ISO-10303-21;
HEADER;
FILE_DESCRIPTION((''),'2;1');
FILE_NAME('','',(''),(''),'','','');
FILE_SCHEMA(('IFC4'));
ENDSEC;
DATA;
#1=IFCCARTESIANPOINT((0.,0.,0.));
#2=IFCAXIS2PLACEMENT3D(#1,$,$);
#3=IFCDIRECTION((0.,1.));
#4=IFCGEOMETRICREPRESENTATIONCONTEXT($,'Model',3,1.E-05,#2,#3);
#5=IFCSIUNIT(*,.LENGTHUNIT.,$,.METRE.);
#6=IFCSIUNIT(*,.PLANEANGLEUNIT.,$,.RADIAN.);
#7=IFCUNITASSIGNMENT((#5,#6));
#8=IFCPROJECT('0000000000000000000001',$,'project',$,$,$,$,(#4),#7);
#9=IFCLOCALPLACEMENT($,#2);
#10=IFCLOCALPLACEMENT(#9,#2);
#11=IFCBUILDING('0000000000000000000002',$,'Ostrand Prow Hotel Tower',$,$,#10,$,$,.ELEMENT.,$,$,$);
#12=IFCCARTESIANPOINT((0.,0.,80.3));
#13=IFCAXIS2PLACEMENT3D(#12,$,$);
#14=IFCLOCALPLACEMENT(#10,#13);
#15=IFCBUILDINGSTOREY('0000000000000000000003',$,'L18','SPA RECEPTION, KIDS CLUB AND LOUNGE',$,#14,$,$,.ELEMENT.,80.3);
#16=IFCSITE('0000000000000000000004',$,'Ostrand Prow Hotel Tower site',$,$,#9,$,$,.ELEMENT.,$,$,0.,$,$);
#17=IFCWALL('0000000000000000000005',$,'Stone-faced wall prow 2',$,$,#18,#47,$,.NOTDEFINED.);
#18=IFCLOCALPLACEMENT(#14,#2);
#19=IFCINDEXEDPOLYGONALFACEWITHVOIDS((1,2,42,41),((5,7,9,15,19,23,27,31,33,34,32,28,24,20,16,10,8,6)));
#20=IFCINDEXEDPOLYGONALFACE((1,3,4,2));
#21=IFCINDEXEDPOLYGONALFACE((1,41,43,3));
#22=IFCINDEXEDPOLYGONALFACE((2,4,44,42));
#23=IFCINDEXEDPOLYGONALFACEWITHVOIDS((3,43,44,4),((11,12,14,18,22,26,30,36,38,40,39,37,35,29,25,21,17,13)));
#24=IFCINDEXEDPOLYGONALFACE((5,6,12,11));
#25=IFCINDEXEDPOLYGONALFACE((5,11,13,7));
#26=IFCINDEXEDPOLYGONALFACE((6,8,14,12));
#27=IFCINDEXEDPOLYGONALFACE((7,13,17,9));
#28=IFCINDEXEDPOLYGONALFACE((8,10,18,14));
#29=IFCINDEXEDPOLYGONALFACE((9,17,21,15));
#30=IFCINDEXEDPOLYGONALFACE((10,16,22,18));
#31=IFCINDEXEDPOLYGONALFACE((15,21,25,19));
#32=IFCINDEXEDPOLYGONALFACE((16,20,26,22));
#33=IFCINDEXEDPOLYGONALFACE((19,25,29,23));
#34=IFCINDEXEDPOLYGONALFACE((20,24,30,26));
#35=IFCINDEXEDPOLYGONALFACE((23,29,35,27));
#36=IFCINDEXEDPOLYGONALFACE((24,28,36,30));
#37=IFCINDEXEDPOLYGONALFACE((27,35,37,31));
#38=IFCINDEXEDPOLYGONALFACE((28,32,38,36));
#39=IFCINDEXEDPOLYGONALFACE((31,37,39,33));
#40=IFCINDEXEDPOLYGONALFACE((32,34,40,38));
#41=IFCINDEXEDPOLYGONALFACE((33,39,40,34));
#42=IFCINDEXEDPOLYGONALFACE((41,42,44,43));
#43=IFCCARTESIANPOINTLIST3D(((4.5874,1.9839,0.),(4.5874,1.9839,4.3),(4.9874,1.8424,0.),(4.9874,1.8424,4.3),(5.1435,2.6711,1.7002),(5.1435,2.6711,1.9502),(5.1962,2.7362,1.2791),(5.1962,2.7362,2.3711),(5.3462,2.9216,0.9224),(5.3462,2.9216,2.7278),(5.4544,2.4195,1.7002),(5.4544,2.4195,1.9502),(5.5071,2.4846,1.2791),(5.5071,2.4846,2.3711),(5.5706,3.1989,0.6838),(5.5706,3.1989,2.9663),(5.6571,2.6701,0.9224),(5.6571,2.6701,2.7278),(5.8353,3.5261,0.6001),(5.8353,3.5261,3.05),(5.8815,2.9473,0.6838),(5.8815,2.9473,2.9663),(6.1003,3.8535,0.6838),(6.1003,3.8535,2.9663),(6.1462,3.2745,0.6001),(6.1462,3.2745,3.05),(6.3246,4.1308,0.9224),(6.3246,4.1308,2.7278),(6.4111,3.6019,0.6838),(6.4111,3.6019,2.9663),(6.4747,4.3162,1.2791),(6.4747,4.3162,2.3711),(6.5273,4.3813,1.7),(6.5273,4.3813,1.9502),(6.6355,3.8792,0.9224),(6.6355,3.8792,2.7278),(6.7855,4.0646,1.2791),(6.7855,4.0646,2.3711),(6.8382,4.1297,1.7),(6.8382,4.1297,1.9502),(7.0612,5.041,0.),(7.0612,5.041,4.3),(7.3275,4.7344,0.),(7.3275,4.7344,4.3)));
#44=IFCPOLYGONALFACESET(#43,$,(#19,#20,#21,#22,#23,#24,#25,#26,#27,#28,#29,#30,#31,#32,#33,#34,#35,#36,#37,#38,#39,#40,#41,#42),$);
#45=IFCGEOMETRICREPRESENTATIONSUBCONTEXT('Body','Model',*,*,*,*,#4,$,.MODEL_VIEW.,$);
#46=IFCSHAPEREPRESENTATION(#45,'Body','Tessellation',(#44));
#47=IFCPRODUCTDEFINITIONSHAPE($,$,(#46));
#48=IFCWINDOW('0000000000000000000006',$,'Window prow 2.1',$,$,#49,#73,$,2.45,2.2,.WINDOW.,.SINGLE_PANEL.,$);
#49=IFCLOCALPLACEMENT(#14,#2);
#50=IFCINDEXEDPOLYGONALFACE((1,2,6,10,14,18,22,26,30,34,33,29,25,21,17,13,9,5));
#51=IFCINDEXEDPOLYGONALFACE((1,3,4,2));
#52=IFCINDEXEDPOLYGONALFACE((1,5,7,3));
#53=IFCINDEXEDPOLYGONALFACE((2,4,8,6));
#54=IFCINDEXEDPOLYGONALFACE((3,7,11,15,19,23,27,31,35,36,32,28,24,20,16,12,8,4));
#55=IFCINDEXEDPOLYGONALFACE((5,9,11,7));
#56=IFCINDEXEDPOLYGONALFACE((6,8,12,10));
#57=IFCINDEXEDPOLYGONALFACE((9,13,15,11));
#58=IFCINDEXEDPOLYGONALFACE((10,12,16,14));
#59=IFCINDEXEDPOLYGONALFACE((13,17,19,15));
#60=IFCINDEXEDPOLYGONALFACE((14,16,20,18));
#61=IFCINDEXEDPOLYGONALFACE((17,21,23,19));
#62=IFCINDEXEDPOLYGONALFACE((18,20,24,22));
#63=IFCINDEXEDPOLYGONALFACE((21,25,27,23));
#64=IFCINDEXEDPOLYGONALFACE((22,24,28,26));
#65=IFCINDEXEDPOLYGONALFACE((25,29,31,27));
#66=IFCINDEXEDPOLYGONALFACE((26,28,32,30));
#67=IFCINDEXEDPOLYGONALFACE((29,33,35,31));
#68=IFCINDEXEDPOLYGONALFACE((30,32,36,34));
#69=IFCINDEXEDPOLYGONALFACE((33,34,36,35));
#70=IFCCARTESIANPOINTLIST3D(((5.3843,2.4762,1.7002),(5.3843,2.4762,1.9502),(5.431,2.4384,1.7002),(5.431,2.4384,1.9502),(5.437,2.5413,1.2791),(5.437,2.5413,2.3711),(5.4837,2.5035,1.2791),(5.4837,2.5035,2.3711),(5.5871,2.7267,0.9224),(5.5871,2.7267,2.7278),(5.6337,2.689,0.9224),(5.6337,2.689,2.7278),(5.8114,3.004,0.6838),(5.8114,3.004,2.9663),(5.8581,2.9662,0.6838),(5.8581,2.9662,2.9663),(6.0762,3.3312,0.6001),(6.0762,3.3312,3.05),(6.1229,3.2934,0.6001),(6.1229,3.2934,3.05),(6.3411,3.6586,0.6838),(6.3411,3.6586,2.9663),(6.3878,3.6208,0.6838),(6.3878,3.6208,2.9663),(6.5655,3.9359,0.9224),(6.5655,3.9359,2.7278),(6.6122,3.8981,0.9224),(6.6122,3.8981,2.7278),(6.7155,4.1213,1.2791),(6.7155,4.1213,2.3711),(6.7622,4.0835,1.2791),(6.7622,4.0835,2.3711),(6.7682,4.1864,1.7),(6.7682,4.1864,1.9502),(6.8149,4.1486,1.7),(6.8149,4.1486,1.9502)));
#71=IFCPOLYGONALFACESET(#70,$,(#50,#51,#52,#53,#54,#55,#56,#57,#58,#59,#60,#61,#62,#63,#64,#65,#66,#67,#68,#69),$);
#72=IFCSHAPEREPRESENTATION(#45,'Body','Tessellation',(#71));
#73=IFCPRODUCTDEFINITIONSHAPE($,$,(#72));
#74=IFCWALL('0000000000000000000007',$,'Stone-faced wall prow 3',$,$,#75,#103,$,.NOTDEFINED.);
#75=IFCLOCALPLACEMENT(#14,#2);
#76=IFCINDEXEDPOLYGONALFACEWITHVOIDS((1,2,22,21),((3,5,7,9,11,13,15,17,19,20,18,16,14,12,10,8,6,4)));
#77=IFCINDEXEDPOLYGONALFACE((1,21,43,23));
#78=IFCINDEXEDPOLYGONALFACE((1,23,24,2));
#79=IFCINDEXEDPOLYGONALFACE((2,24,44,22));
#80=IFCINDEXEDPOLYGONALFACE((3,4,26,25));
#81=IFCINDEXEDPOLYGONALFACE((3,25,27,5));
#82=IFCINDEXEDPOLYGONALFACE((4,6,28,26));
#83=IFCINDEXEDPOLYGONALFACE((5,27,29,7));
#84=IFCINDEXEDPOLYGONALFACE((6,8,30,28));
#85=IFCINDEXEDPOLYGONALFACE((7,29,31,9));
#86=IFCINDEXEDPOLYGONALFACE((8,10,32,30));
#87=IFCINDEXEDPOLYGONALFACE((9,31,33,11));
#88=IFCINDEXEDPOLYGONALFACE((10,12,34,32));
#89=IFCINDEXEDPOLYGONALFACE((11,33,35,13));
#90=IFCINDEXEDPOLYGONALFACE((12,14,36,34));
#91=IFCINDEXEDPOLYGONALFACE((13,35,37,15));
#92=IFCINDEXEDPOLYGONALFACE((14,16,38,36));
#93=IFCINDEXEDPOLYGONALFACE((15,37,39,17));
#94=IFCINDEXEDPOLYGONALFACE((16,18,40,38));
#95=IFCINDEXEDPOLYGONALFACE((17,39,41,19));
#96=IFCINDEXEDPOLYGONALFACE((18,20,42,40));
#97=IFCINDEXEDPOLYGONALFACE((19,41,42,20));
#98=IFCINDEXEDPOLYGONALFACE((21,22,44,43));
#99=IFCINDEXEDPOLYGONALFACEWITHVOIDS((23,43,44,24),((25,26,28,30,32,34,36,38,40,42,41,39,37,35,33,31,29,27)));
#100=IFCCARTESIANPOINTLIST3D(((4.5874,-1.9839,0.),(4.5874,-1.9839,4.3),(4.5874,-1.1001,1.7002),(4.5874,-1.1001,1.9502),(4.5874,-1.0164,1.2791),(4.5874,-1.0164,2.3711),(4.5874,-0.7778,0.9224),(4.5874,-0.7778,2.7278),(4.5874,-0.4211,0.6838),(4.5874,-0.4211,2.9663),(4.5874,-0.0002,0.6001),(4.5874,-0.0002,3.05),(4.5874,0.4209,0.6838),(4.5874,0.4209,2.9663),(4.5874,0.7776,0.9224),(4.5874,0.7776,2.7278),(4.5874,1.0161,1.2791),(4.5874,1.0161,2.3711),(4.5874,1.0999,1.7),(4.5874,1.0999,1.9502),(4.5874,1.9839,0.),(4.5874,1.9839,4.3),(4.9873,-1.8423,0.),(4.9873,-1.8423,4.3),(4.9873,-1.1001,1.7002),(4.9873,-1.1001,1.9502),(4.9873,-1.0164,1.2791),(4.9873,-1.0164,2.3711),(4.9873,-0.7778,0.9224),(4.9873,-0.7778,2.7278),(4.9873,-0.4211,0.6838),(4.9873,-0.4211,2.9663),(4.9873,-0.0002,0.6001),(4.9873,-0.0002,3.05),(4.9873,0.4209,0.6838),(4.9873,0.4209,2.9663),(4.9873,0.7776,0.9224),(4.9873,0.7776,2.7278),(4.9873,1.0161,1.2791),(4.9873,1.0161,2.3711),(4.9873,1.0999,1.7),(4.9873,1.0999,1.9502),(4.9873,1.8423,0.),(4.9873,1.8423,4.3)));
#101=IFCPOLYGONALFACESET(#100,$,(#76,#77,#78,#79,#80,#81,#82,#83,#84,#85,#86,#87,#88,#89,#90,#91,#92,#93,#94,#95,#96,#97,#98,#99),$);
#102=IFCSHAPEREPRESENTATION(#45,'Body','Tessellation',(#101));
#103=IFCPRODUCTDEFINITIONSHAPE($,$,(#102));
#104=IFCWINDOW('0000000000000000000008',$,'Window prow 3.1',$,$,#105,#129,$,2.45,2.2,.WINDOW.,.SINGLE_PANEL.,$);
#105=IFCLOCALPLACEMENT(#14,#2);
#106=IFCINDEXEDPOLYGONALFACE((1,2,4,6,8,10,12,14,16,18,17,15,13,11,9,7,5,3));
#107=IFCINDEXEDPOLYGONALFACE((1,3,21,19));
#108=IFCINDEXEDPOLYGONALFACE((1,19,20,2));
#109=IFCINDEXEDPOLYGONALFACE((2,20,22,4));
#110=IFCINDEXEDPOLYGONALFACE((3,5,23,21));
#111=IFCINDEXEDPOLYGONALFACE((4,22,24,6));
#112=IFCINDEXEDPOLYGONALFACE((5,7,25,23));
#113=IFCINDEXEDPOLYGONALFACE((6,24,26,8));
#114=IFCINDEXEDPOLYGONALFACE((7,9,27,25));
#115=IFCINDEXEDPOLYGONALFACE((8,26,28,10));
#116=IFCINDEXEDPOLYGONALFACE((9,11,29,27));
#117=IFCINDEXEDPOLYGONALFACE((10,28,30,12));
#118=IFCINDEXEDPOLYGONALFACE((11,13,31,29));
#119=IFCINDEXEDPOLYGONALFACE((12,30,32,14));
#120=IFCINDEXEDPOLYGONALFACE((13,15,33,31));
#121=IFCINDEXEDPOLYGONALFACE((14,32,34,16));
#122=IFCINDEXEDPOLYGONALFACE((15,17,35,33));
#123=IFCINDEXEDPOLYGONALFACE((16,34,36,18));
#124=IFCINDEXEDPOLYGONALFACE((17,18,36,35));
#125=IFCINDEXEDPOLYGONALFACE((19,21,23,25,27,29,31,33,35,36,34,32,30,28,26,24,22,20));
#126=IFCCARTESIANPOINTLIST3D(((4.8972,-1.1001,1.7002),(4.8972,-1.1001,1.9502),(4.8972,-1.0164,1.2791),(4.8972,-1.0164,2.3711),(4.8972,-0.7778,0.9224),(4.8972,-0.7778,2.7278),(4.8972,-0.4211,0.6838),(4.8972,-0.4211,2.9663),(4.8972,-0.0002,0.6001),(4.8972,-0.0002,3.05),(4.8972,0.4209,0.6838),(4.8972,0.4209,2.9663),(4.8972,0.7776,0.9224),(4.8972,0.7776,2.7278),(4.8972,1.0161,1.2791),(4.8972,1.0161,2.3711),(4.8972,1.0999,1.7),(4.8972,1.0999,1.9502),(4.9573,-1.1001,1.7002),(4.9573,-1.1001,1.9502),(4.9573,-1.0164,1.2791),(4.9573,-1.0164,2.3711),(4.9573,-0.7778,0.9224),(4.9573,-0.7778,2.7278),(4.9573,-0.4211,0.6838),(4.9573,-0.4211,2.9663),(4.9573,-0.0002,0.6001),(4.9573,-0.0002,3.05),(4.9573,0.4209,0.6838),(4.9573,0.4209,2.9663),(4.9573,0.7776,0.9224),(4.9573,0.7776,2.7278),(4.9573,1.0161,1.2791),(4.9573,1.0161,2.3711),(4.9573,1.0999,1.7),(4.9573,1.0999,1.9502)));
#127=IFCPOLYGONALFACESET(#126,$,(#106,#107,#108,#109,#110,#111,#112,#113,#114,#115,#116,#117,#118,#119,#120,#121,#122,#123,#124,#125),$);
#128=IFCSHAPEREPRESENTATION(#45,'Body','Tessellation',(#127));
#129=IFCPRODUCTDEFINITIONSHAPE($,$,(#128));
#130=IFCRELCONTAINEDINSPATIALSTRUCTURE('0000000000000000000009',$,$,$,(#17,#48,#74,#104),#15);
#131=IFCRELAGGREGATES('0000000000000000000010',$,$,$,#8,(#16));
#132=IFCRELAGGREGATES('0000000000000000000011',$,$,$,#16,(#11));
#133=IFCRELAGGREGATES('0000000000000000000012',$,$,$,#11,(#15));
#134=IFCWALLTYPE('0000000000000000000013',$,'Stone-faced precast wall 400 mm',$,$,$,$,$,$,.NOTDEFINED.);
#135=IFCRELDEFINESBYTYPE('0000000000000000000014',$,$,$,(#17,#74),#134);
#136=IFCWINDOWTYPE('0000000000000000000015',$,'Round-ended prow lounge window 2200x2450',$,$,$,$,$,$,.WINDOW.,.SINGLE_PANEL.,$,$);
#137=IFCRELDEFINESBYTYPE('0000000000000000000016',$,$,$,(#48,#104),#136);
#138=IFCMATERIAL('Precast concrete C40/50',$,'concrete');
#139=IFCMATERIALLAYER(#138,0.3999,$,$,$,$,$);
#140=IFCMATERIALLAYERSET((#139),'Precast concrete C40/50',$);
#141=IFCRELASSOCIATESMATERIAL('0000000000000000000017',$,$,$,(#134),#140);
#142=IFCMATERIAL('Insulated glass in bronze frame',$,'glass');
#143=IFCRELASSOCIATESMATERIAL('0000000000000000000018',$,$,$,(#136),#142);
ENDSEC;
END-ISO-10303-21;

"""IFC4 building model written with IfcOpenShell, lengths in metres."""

from ifc_helpers import new_model, si_unit, direction, frame, origin, place, context, subcontext, project, spatial, polyline, outline, extrude, material, layer, layer_set, type_object, element, fill, save


model = new_model("IFC4")

# Units and contexts
model_context = context("Model", 3, precision=1e-05, world=origin(), true_north=direction((0.0, 1.0)))
body_context = subcontext(model_context, "Body", "Model", "MODEL_VIEW")
ifc_project = project(units=[si_unit("LENGTHUNIT", "METRE"), si_unit("PLANEANGLEUNIT", "RADIAN")], contexts=[model_context])

# Site, building, storey
site_placement = place(None, origin())
site = spatial("IfcSite", under=ifc_project, at=site_placement, Name="Ostrand Prow Hotel Tower site", CompositionType="ELEMENT", RefElevation=0.0)
building_placement = place(site_placement, origin())
building = spatial("IfcBuilding", under=site, at=building_placement, Name="Ostrand Prow Hotel Tower", CompositionType="ELEMENT")
storey_placement = place(building_placement, frame((0.0, 0.0, 80.3)))
storey = spatial("IfcBuildingStorey", under=building, at=storey_placement, Name="L18", Description="SPA RECEPTION, KIDS CLUB AND LOUNGE", CompositionType="ELEMENT", Elevation=80.3)

# Walls, openings, windows
ifc_material_1 = material(Name="Precast concrete C40/50", Category="concrete")
ifc_layer_1 = layer(ifc_material_1, 0.3999)
ifc_layer_set_1 = layer_set([ifc_layer_1], Name="Precast concrete C40/50")
wall_type_1 = type_object("IfcWallType", Name="Stone-faced precast wall 400 mm", PredefinedType="NOTDEFINED", material=ifc_layer_set_1)
ifc_material_2 = material(Name="Insulated glass in bronze frame", Category="glass")
window_type = type_object("IfcWindowType", Name="Round-ended prow lounge window 2200x2450", PartitioningType="SINGLE_PANEL", PredefinedType="WINDOW", material=ifc_material_2)
wall_1_placement = place(storey_placement, frame((7.1943, 4.8877, 0.0), z_axis=(0.0, 0.0, 1.0), x_axis=(-0.629035, -0.777377, 0.0)))
wall_1 = element("IfcWall", 1, at=wall_1_placement, inside=storey, type_object=wall_type_1, Name="Stone-faced wall prow 2", PredefinedType="NOTDEFINED", context=body_context, shape_type="SweptSolid", body=[
    extrude(outline(polyline([(-0.0354, -0.2), (3.8972, -0.2), (3.7556, 0.2), (0.0354, 0.2), (-0.0354, -0.2)])), origin(), (0.0, 0.0, 1.0), 4.3),
])
opening_1_placement = place(wall_1_placement, frame((0.8132, 0.0, 0.6001)))
opening_1 = element("IfcOpeningElement", 2, at=opening_1_placement, cuts=wall_1, PredefinedType="OPENING", context=body_context, shape_type="SweptSolid", body=[
    extrude(outline(polyline([(0.0, 1.3501), (0.0837, 1.771), (0.3223, 2.1277), (0.679, 2.3662), (1.1001, 2.45), (1.521, 2.3662), (1.8777, 2.1277), (2.1162, 1.771), (2.2, 1.3501), (2.2, 1.1001), (2.1162, 0.679), (1.8777, 0.3223), (1.521, 0.0837), (1.1001, 0.0), (0.679, 0.0837), (0.3223, 0.3223), (0.0837, 0.679), (0.0, 1.0999), (0.0, 1.3501)])), frame((0.0, 0.21, 0.0), z_axis=(0.0, -1.0, 0.0), x_axis=(1.0, 0.0, 0.0)), (0.0, 0.0, 1.0), 0.4199),
])
window_1_placement = place(opening_1_placement, origin())
window_1 = element("IfcWindow", 3, at=window_1_placement, inside=storey, type_object=window_type, Name="Window prow 2.1", OverallHeight=2.45, OverallWidth=2.2, PartitioningType="SINGLE_PANEL", PredefinedType="WINDOW", context=body_context, shape_type="SweptSolid", body=[
    extrude(outline(polyline([(0.0, 1.3501), (0.0837, 1.771), (0.3223, 2.1277), (0.679, 2.3662), (1.1001, 2.45), (1.521, 2.3662), (1.8777, 2.1277), (2.1162, 1.771), (2.2, 1.3501), (2.2, 1.1001), (2.1162, 0.679), (1.8777, 0.3223), (1.521, 0.0837), (1.1001, 0.0), (0.679, 0.0837), (0.3223, 0.3223), (0.0837, 0.679), (0.0, 1.0999), (0.0, 1.3501)])), frame((0.0, 0.1699, 0.0), z_axis=(0.0, -1.0, 0.0), x_axis=(1.0, 0.0, 0.0)), (0.0, 0.0, 1.0), 0.0601),
])
fill(opening_1, window_1)
wall_2_placement = place(storey_placement, frame((4.7874, 1.9131, 0.0), z_axis=(0.0, 0.0, 1.0), x_axis=(0.0, -1.0, 0.0)))
wall_2 = element("IfcWall", 4, at=wall_2_placement, inside=storey, type_object=wall_type_1, Name="Stone-faced wall prow 3", PredefinedType="NOTDEFINED", context=body_context, shape_type="SweptSolid", body=[
    extrude(outline(polyline([(-0.0708, -0.2), (3.897, -0.2), (3.7554, 0.2), (0.0708, 0.2), (-0.0708, -0.2)])), origin(), (0.0, 0.0, 1.0), 4.3),
])
opening_2_placement = place(wall_2_placement, frame((0.8132, 0.0, 0.6001)))
opening_2 = element("IfcOpeningElement", 5, at=opening_2_placement, cuts=wall_2, PredefinedType="OPENING", context=body_context, shape_type="SweptSolid", body=[
    extrude(outline(polyline([(0.0, 1.3501), (0.0837, 1.771), (0.3223, 2.1277), (0.679, 2.3662), (1.1001, 2.45), (1.521, 2.3662), (1.8777, 2.1277), (2.1162, 1.771), (2.2, 1.3501), (2.2, 1.1001), (2.1162, 0.679), (1.8777, 0.3223), (1.521, 0.0837), (1.1001, 0.0), (0.679, 0.0837), (0.3223, 0.3223), (0.0837, 0.679), (0.0, 1.0999), (0.0, 1.3501)])), frame((0.0, 0.21, 0.0), z_axis=(0.0, -1.0, 0.0), x_axis=(1.0, 0.0, 0.0)), (0.0, 0.0, 1.0), 0.4199),
])
window_2_placement = place(opening_2_placement, origin())
window_2 = element("IfcWindow", 6, at=window_2_placement, inside=storey, type_object=window_type, Name="Window prow 3.1", OverallHeight=2.45, OverallWidth=2.2, PartitioningType="SINGLE_PANEL", PredefinedType="WINDOW", context=body_context, shape_type="SweptSolid", body=[
    extrude(outline(polyline([(0.0, 1.3501), (0.0837, 1.771), (0.3223, 2.1277), (0.679, 2.3662), (1.1001, 2.45), (1.521, 2.3662), (1.8777, 2.1277), (2.1162, 1.771), (2.2, 1.3501), (2.2, 1.1001), (2.1162, 0.679), (1.8777, 0.3223), (1.521, 0.0837), (1.1001, 0.0), (0.679, 0.0837), (0.3223, 0.3223), (0.0837, 0.679), (0.0, 1.0999), (0.0, 1.3501)])), frame((0.0, 0.1699, 0.0), z_axis=(0.0, -1.0, 0.0), x_axis=(1.0, 0.0, 0.0)), (0.0, 0.0, 1.0), 0.0601),
])
fill(opening_2, window_2)

save(model, "model.ifc")
